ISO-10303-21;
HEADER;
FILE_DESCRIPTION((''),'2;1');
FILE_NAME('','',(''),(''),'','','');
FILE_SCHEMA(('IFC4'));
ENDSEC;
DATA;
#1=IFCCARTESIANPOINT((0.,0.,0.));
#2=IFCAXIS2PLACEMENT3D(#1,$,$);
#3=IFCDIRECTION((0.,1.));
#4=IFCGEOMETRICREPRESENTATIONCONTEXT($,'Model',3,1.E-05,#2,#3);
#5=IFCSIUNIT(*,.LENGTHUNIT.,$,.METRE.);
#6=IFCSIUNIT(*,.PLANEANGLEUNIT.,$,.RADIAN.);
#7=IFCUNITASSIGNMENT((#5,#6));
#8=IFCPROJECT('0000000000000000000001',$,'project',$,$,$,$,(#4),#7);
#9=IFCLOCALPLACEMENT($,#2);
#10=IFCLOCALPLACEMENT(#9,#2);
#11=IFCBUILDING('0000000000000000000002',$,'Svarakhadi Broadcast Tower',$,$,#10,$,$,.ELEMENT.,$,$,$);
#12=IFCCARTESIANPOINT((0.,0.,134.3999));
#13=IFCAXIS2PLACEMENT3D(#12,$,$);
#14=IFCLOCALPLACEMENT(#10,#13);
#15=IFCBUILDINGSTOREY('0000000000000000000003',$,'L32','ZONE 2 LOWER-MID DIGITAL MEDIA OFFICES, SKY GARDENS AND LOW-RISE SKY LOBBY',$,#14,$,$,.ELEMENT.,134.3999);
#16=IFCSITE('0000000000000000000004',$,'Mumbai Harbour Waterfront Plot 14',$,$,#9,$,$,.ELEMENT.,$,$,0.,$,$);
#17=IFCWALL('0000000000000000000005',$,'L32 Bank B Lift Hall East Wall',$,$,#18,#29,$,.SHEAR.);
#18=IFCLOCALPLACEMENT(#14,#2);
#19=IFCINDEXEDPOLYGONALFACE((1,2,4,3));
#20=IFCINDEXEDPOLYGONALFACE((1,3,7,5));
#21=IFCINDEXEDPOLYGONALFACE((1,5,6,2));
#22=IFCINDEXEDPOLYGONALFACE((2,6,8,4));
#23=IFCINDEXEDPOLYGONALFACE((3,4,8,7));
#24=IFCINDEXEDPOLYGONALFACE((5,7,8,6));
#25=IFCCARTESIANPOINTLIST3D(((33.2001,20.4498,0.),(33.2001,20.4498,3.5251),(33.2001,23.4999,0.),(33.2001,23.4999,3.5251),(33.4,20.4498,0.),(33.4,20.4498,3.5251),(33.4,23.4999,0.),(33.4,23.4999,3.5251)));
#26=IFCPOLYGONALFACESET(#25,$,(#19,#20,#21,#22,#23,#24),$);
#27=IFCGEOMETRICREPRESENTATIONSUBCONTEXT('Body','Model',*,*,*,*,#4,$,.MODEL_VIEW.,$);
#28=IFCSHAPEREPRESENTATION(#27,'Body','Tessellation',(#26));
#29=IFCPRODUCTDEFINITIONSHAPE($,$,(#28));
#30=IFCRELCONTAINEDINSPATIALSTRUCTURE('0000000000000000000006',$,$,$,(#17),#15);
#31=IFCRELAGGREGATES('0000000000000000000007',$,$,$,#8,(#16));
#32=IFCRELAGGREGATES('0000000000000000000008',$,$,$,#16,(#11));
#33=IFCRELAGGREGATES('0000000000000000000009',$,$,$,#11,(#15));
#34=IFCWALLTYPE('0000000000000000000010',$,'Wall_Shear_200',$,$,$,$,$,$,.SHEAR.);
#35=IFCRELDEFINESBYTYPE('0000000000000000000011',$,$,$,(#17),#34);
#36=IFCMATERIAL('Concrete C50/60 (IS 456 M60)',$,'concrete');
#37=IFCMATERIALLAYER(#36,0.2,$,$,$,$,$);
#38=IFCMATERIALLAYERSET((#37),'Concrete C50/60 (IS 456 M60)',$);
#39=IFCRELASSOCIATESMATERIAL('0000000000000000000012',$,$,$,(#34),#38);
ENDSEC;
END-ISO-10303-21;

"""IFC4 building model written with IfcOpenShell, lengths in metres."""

from ifc_helpers import new_model, si_unit, direction, frame, frame_2d, origin, place, context, subcontext, project, spatial, rectangle, extrude, material, layer, layer_set, type_object, element, save


model = new_model("IFC4")

# Units and contexts
model_context = context("Model", 3, precision=1e-05, world=origin(), true_north=direction((0.0, 1.0)))
body_context = subcontext(model_context, "Body", "Model", "MODEL_VIEW")
ifc_project = project(units=[si_unit("LENGTHUNIT", "METRE"), si_unit("PLANEANGLEUNIT", "RADIAN")], contexts=[model_context])

# Site, building, storey
site_placement = place(None, origin())
site = spatial("IfcSite", under=ifc_project, at=site_placement, Name="Mumbai Harbour Waterfront Plot 14", CompositionType="ELEMENT", RefElevation=0.0)
building_placement = place(site_placement, origin())
building = spatial("IfcBuilding", under=site, at=building_placement, Name="Svarakhadi Broadcast Tower", CompositionType="ELEMENT")
storey_placement = place(building_placement, frame((0.0, 0.0, 134.3999)))
storey = spatial("IfcBuildingStorey", under=building, at=storey_placement, Name="L32", Description="ZONE 2 LOWER-MID DIGITAL MEDIA OFFICES, SKY GARDENS AND LOW-RISE SKY LOBBY", CompositionType="ELEMENT", Elevation=134.3999)

# Shared definitions
ifc_material_1 = material(Name="Concrete C50/60 (IS 456 M60)", Category="concrete")
ifc_layer_1 = layer(ifc_material_1, 0.2)
ifc_layer_set_1 = layer_set([ifc_layer_1], Name="Concrete C50/60 (IS 456 M60)")
wall_type_1 = type_object("IfcWallType", Name="Wall_Shear_200", PredefinedType="SHEAR", material=ifc_layer_set_1)

# Wall
wall_1_placement = place(storey_placement, frame((33.3, 20.45, 0.0), z_axis=(0.0, 0.0, 1.0), x_axis=(0.0, 1.0, 0.0)))
element("IfcWall", 1, at=wall_1_placement, inside=storey, type_object=wall_type_1, Name="L32 Bank B Lift Hall East Wall", PredefinedType="SHEAR", context=body_context, shape_type="SweptSolid", body=[
    extrude(rectangle(XDim=3.05, YDim=0.2, at=frame_2d((1.5249, 0.0))), origin(), (0.0, 0.0, 1.0), 3.5251),
])

save(model, "model.ifc")
